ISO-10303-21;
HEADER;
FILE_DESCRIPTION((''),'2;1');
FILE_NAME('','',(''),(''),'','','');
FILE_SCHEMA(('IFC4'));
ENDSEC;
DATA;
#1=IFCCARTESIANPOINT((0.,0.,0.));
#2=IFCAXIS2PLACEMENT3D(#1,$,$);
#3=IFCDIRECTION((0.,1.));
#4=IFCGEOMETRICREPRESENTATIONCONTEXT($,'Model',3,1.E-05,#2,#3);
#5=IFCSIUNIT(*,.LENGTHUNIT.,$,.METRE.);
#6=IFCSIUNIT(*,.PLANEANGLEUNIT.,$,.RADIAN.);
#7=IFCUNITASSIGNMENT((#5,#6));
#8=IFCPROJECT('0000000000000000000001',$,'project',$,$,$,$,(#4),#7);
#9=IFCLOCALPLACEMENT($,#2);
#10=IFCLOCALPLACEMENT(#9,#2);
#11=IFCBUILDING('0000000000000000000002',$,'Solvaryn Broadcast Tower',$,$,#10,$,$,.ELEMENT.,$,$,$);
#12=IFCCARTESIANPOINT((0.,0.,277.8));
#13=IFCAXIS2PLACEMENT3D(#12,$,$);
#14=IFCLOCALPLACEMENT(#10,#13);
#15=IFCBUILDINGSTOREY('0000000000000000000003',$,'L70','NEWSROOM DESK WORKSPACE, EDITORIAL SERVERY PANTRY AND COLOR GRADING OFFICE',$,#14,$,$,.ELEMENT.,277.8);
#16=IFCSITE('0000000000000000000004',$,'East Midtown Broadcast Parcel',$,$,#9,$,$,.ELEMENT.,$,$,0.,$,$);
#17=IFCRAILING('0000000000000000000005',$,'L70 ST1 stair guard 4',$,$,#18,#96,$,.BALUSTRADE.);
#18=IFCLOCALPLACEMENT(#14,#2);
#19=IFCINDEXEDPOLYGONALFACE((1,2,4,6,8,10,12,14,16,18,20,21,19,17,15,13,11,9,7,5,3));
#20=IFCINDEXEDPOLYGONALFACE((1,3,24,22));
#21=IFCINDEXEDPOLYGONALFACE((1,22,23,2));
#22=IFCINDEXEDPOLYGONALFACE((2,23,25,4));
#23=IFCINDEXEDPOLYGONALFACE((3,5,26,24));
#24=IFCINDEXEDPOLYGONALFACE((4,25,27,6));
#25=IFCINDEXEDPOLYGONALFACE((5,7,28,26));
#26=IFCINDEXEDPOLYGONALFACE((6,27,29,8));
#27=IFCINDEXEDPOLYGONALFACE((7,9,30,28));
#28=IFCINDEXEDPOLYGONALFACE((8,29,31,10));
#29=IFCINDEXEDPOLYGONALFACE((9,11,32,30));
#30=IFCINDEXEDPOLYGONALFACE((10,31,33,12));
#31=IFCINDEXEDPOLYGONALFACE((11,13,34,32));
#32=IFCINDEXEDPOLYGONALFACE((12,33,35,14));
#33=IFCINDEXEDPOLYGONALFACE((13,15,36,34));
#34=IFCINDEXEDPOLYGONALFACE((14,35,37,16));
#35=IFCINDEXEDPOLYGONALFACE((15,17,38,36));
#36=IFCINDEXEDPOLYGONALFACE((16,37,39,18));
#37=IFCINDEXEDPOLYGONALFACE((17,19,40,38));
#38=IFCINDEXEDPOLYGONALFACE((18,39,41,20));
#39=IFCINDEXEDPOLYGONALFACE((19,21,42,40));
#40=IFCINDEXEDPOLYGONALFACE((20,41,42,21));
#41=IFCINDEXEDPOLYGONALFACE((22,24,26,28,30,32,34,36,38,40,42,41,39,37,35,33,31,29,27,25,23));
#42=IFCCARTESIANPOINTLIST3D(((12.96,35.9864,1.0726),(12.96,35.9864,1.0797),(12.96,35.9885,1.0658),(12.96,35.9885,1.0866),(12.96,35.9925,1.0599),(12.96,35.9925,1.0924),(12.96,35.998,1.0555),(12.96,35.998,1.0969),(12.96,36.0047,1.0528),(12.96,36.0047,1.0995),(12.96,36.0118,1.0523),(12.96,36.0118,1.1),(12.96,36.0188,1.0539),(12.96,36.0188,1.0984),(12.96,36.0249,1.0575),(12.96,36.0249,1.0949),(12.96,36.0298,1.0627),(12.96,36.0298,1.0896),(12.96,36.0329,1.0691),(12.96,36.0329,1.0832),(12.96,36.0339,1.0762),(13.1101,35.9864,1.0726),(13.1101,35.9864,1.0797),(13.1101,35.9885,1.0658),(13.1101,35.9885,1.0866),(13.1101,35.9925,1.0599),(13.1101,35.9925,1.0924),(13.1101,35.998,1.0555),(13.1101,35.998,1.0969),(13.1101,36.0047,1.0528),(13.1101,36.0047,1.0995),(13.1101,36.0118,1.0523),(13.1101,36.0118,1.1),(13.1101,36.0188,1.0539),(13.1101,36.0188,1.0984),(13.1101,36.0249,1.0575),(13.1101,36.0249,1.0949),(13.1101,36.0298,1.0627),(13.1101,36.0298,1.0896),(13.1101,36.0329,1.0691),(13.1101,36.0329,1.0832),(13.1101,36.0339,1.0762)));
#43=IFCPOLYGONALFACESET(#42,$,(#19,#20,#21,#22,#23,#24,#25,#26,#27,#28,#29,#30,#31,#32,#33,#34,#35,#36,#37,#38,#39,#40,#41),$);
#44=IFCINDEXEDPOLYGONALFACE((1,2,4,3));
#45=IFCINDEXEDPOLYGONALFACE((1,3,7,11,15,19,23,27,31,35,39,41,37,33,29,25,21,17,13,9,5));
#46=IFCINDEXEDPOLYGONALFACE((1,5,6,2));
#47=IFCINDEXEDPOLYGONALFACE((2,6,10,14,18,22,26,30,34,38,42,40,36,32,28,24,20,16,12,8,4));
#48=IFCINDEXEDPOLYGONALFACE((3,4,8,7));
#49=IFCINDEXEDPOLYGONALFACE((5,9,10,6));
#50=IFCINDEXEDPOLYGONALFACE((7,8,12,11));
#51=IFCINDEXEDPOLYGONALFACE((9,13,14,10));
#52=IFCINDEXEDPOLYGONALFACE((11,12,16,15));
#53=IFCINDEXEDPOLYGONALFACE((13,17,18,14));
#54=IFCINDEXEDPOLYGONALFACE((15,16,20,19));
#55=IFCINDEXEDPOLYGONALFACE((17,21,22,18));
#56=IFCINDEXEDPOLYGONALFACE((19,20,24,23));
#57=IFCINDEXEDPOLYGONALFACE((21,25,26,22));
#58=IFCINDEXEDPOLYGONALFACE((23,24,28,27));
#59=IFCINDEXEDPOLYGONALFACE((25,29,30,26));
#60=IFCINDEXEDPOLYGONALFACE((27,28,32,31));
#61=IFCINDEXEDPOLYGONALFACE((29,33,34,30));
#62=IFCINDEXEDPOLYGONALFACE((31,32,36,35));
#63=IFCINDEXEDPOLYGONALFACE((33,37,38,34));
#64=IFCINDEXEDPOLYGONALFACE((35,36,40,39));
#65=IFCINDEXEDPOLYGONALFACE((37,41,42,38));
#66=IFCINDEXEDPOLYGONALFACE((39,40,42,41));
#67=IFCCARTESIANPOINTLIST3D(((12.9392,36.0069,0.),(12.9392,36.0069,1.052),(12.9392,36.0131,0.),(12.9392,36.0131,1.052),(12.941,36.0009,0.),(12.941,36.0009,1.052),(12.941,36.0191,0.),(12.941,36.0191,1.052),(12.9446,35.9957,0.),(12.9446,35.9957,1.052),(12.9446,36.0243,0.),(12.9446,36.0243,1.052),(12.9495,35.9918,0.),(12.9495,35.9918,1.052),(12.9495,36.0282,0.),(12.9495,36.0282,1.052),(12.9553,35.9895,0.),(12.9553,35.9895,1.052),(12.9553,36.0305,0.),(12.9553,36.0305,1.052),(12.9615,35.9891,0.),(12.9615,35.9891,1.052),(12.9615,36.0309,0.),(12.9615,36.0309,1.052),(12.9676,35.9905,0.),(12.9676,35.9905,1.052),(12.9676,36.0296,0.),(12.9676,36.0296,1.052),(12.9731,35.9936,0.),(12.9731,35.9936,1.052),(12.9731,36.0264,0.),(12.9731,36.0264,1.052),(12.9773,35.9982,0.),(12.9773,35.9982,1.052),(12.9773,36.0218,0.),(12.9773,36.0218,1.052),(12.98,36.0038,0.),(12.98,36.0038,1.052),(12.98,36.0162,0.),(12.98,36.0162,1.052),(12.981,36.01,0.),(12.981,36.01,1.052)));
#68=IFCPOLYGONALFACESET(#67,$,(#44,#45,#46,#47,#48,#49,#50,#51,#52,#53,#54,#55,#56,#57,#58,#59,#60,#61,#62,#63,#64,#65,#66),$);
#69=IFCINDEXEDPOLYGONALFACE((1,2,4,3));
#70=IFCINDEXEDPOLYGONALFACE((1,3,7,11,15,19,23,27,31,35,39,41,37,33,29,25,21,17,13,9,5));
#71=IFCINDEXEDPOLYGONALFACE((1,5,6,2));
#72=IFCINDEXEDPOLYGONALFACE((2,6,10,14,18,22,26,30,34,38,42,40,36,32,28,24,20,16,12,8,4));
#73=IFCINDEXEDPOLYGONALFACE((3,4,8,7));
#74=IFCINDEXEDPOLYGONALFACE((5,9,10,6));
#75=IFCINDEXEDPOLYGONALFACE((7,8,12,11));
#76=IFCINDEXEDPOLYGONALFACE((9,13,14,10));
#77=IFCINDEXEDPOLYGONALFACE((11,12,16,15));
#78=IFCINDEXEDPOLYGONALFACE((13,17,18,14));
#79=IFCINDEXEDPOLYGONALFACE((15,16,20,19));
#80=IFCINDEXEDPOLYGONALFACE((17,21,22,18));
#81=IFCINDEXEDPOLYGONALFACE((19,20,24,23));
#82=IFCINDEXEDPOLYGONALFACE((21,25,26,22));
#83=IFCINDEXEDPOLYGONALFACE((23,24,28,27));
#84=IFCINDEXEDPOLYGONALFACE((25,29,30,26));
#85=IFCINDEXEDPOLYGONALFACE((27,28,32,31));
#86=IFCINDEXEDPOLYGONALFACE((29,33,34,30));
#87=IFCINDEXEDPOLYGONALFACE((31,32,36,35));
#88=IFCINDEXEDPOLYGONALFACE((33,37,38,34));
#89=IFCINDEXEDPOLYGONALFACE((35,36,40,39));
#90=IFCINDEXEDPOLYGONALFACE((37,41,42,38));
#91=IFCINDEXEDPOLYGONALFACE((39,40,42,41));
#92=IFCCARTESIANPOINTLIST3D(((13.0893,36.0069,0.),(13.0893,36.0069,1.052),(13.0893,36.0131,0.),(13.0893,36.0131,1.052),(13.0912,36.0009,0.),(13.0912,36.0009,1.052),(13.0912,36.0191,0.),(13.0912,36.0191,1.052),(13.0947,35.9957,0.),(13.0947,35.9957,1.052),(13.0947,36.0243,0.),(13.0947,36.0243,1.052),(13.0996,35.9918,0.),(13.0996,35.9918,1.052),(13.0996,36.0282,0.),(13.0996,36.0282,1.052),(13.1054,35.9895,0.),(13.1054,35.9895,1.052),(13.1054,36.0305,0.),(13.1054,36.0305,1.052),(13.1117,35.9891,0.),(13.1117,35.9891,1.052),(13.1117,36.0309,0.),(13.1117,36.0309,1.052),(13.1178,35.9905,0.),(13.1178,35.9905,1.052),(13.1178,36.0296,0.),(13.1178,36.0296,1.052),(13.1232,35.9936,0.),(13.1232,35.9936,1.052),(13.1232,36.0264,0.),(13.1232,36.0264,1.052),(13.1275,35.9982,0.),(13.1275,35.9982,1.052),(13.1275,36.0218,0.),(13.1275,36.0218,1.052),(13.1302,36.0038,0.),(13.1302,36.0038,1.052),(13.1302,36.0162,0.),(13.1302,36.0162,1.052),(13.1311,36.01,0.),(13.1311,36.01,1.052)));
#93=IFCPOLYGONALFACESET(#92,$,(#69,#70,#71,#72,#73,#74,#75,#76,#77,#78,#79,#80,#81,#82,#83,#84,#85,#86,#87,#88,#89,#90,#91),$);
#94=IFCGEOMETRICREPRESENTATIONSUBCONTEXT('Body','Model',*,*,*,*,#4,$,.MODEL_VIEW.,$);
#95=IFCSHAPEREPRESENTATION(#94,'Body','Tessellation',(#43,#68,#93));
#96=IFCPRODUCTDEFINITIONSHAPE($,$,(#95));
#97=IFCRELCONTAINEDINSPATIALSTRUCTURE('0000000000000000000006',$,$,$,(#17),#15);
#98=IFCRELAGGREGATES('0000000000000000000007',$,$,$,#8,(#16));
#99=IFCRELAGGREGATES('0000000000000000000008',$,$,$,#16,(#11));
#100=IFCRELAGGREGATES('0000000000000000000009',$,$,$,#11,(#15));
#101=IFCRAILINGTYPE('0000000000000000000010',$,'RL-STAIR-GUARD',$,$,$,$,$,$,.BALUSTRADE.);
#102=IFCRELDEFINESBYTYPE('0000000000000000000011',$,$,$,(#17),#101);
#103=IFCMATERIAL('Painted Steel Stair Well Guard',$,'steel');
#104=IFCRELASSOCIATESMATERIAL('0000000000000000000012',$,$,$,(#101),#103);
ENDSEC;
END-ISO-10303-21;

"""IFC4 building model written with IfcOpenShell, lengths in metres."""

from ifc_helpers import new_model, si_unit, direction, frame, origin, origin_2d, place, context, subcontext, project, spatial, circle, extrude, material, type_object, element, save


model = new_model("IFC4")

# Units and contexts
model_context = context("Model", 3, precision=1e-05, world=origin(), true_north=direction((0.0, 1.0)))
body_context = subcontext(model_context, "Body", "Model", "MODEL_VIEW")
ifc_project = project(units=[si_unit("LENGTHUNIT", "METRE"), si_unit("PLANEANGLEUNIT", "RADIAN")], contexts=[model_context])

# Site, building, storey
site_placement = place(None, origin())
site = spatial("IfcSite", under=ifc_project, at=site_placement, Name="East Midtown Broadcast Parcel", CompositionType="ELEMENT", RefElevation=0.0)
building_placement = place(site_placement, origin())
building = spatial("IfcBuilding", under=site, at=building_placement, Name="Solvaryn Broadcast Tower", CompositionType="ELEMENT")
storey_placement = place(building_placement, frame((0.0, 0.0, 277.8)))
storey = spatial("IfcBuildingStorey", under=building, at=storey_placement, Name="L70", Description="NEWSROOM DESK WORKSPACE, EDITORIAL SERVERY PANTRY AND COLOR GRADING OFFICE", CompositionType="ELEMENT", Elevation=277.8)

# Railing
ifc_material_1 = material(Name="Painted Steel Stair Well Guard", Category="steel")
railing_type_1 = type_object("IfcRailingType", Name="RL-STAIR-GUARD", PredefinedType="BALUSTRADE", material=ifc_material_1)
railing_1_placement = place(storey_placement, frame((12.96, 36.01, 0.0)))
element("IfcRailing", 1, at=railing_1_placement, inside=storey, type_object=railing_type_1, Name="L70 ST1 stair guard 4", PredefinedType="BALUSTRADE", context=body_context, shape_type="SweptSolid", body=[
    extrude(circle(Radius=0.0239, at=origin_2d()), frame((0.0, 0.0, 1.0762), z_axis=(1.0, 0.0, 0.0), x_axis=(0.0, 1.0, 0.0)), (0.0, 0.0, 1.0), 0.1501),
    extrude(circle(Radius=0.021, at=origin_2d()), origin(), (0.0, 0.0, 1.0), 1.052),
    extrude(circle(Radius=0.021, at=origin_2d()), frame((0.1501, 0.0, 0.0)), (0.0, 0.0, 1.0), 1.052),
])

save(model, "model.ifc")
